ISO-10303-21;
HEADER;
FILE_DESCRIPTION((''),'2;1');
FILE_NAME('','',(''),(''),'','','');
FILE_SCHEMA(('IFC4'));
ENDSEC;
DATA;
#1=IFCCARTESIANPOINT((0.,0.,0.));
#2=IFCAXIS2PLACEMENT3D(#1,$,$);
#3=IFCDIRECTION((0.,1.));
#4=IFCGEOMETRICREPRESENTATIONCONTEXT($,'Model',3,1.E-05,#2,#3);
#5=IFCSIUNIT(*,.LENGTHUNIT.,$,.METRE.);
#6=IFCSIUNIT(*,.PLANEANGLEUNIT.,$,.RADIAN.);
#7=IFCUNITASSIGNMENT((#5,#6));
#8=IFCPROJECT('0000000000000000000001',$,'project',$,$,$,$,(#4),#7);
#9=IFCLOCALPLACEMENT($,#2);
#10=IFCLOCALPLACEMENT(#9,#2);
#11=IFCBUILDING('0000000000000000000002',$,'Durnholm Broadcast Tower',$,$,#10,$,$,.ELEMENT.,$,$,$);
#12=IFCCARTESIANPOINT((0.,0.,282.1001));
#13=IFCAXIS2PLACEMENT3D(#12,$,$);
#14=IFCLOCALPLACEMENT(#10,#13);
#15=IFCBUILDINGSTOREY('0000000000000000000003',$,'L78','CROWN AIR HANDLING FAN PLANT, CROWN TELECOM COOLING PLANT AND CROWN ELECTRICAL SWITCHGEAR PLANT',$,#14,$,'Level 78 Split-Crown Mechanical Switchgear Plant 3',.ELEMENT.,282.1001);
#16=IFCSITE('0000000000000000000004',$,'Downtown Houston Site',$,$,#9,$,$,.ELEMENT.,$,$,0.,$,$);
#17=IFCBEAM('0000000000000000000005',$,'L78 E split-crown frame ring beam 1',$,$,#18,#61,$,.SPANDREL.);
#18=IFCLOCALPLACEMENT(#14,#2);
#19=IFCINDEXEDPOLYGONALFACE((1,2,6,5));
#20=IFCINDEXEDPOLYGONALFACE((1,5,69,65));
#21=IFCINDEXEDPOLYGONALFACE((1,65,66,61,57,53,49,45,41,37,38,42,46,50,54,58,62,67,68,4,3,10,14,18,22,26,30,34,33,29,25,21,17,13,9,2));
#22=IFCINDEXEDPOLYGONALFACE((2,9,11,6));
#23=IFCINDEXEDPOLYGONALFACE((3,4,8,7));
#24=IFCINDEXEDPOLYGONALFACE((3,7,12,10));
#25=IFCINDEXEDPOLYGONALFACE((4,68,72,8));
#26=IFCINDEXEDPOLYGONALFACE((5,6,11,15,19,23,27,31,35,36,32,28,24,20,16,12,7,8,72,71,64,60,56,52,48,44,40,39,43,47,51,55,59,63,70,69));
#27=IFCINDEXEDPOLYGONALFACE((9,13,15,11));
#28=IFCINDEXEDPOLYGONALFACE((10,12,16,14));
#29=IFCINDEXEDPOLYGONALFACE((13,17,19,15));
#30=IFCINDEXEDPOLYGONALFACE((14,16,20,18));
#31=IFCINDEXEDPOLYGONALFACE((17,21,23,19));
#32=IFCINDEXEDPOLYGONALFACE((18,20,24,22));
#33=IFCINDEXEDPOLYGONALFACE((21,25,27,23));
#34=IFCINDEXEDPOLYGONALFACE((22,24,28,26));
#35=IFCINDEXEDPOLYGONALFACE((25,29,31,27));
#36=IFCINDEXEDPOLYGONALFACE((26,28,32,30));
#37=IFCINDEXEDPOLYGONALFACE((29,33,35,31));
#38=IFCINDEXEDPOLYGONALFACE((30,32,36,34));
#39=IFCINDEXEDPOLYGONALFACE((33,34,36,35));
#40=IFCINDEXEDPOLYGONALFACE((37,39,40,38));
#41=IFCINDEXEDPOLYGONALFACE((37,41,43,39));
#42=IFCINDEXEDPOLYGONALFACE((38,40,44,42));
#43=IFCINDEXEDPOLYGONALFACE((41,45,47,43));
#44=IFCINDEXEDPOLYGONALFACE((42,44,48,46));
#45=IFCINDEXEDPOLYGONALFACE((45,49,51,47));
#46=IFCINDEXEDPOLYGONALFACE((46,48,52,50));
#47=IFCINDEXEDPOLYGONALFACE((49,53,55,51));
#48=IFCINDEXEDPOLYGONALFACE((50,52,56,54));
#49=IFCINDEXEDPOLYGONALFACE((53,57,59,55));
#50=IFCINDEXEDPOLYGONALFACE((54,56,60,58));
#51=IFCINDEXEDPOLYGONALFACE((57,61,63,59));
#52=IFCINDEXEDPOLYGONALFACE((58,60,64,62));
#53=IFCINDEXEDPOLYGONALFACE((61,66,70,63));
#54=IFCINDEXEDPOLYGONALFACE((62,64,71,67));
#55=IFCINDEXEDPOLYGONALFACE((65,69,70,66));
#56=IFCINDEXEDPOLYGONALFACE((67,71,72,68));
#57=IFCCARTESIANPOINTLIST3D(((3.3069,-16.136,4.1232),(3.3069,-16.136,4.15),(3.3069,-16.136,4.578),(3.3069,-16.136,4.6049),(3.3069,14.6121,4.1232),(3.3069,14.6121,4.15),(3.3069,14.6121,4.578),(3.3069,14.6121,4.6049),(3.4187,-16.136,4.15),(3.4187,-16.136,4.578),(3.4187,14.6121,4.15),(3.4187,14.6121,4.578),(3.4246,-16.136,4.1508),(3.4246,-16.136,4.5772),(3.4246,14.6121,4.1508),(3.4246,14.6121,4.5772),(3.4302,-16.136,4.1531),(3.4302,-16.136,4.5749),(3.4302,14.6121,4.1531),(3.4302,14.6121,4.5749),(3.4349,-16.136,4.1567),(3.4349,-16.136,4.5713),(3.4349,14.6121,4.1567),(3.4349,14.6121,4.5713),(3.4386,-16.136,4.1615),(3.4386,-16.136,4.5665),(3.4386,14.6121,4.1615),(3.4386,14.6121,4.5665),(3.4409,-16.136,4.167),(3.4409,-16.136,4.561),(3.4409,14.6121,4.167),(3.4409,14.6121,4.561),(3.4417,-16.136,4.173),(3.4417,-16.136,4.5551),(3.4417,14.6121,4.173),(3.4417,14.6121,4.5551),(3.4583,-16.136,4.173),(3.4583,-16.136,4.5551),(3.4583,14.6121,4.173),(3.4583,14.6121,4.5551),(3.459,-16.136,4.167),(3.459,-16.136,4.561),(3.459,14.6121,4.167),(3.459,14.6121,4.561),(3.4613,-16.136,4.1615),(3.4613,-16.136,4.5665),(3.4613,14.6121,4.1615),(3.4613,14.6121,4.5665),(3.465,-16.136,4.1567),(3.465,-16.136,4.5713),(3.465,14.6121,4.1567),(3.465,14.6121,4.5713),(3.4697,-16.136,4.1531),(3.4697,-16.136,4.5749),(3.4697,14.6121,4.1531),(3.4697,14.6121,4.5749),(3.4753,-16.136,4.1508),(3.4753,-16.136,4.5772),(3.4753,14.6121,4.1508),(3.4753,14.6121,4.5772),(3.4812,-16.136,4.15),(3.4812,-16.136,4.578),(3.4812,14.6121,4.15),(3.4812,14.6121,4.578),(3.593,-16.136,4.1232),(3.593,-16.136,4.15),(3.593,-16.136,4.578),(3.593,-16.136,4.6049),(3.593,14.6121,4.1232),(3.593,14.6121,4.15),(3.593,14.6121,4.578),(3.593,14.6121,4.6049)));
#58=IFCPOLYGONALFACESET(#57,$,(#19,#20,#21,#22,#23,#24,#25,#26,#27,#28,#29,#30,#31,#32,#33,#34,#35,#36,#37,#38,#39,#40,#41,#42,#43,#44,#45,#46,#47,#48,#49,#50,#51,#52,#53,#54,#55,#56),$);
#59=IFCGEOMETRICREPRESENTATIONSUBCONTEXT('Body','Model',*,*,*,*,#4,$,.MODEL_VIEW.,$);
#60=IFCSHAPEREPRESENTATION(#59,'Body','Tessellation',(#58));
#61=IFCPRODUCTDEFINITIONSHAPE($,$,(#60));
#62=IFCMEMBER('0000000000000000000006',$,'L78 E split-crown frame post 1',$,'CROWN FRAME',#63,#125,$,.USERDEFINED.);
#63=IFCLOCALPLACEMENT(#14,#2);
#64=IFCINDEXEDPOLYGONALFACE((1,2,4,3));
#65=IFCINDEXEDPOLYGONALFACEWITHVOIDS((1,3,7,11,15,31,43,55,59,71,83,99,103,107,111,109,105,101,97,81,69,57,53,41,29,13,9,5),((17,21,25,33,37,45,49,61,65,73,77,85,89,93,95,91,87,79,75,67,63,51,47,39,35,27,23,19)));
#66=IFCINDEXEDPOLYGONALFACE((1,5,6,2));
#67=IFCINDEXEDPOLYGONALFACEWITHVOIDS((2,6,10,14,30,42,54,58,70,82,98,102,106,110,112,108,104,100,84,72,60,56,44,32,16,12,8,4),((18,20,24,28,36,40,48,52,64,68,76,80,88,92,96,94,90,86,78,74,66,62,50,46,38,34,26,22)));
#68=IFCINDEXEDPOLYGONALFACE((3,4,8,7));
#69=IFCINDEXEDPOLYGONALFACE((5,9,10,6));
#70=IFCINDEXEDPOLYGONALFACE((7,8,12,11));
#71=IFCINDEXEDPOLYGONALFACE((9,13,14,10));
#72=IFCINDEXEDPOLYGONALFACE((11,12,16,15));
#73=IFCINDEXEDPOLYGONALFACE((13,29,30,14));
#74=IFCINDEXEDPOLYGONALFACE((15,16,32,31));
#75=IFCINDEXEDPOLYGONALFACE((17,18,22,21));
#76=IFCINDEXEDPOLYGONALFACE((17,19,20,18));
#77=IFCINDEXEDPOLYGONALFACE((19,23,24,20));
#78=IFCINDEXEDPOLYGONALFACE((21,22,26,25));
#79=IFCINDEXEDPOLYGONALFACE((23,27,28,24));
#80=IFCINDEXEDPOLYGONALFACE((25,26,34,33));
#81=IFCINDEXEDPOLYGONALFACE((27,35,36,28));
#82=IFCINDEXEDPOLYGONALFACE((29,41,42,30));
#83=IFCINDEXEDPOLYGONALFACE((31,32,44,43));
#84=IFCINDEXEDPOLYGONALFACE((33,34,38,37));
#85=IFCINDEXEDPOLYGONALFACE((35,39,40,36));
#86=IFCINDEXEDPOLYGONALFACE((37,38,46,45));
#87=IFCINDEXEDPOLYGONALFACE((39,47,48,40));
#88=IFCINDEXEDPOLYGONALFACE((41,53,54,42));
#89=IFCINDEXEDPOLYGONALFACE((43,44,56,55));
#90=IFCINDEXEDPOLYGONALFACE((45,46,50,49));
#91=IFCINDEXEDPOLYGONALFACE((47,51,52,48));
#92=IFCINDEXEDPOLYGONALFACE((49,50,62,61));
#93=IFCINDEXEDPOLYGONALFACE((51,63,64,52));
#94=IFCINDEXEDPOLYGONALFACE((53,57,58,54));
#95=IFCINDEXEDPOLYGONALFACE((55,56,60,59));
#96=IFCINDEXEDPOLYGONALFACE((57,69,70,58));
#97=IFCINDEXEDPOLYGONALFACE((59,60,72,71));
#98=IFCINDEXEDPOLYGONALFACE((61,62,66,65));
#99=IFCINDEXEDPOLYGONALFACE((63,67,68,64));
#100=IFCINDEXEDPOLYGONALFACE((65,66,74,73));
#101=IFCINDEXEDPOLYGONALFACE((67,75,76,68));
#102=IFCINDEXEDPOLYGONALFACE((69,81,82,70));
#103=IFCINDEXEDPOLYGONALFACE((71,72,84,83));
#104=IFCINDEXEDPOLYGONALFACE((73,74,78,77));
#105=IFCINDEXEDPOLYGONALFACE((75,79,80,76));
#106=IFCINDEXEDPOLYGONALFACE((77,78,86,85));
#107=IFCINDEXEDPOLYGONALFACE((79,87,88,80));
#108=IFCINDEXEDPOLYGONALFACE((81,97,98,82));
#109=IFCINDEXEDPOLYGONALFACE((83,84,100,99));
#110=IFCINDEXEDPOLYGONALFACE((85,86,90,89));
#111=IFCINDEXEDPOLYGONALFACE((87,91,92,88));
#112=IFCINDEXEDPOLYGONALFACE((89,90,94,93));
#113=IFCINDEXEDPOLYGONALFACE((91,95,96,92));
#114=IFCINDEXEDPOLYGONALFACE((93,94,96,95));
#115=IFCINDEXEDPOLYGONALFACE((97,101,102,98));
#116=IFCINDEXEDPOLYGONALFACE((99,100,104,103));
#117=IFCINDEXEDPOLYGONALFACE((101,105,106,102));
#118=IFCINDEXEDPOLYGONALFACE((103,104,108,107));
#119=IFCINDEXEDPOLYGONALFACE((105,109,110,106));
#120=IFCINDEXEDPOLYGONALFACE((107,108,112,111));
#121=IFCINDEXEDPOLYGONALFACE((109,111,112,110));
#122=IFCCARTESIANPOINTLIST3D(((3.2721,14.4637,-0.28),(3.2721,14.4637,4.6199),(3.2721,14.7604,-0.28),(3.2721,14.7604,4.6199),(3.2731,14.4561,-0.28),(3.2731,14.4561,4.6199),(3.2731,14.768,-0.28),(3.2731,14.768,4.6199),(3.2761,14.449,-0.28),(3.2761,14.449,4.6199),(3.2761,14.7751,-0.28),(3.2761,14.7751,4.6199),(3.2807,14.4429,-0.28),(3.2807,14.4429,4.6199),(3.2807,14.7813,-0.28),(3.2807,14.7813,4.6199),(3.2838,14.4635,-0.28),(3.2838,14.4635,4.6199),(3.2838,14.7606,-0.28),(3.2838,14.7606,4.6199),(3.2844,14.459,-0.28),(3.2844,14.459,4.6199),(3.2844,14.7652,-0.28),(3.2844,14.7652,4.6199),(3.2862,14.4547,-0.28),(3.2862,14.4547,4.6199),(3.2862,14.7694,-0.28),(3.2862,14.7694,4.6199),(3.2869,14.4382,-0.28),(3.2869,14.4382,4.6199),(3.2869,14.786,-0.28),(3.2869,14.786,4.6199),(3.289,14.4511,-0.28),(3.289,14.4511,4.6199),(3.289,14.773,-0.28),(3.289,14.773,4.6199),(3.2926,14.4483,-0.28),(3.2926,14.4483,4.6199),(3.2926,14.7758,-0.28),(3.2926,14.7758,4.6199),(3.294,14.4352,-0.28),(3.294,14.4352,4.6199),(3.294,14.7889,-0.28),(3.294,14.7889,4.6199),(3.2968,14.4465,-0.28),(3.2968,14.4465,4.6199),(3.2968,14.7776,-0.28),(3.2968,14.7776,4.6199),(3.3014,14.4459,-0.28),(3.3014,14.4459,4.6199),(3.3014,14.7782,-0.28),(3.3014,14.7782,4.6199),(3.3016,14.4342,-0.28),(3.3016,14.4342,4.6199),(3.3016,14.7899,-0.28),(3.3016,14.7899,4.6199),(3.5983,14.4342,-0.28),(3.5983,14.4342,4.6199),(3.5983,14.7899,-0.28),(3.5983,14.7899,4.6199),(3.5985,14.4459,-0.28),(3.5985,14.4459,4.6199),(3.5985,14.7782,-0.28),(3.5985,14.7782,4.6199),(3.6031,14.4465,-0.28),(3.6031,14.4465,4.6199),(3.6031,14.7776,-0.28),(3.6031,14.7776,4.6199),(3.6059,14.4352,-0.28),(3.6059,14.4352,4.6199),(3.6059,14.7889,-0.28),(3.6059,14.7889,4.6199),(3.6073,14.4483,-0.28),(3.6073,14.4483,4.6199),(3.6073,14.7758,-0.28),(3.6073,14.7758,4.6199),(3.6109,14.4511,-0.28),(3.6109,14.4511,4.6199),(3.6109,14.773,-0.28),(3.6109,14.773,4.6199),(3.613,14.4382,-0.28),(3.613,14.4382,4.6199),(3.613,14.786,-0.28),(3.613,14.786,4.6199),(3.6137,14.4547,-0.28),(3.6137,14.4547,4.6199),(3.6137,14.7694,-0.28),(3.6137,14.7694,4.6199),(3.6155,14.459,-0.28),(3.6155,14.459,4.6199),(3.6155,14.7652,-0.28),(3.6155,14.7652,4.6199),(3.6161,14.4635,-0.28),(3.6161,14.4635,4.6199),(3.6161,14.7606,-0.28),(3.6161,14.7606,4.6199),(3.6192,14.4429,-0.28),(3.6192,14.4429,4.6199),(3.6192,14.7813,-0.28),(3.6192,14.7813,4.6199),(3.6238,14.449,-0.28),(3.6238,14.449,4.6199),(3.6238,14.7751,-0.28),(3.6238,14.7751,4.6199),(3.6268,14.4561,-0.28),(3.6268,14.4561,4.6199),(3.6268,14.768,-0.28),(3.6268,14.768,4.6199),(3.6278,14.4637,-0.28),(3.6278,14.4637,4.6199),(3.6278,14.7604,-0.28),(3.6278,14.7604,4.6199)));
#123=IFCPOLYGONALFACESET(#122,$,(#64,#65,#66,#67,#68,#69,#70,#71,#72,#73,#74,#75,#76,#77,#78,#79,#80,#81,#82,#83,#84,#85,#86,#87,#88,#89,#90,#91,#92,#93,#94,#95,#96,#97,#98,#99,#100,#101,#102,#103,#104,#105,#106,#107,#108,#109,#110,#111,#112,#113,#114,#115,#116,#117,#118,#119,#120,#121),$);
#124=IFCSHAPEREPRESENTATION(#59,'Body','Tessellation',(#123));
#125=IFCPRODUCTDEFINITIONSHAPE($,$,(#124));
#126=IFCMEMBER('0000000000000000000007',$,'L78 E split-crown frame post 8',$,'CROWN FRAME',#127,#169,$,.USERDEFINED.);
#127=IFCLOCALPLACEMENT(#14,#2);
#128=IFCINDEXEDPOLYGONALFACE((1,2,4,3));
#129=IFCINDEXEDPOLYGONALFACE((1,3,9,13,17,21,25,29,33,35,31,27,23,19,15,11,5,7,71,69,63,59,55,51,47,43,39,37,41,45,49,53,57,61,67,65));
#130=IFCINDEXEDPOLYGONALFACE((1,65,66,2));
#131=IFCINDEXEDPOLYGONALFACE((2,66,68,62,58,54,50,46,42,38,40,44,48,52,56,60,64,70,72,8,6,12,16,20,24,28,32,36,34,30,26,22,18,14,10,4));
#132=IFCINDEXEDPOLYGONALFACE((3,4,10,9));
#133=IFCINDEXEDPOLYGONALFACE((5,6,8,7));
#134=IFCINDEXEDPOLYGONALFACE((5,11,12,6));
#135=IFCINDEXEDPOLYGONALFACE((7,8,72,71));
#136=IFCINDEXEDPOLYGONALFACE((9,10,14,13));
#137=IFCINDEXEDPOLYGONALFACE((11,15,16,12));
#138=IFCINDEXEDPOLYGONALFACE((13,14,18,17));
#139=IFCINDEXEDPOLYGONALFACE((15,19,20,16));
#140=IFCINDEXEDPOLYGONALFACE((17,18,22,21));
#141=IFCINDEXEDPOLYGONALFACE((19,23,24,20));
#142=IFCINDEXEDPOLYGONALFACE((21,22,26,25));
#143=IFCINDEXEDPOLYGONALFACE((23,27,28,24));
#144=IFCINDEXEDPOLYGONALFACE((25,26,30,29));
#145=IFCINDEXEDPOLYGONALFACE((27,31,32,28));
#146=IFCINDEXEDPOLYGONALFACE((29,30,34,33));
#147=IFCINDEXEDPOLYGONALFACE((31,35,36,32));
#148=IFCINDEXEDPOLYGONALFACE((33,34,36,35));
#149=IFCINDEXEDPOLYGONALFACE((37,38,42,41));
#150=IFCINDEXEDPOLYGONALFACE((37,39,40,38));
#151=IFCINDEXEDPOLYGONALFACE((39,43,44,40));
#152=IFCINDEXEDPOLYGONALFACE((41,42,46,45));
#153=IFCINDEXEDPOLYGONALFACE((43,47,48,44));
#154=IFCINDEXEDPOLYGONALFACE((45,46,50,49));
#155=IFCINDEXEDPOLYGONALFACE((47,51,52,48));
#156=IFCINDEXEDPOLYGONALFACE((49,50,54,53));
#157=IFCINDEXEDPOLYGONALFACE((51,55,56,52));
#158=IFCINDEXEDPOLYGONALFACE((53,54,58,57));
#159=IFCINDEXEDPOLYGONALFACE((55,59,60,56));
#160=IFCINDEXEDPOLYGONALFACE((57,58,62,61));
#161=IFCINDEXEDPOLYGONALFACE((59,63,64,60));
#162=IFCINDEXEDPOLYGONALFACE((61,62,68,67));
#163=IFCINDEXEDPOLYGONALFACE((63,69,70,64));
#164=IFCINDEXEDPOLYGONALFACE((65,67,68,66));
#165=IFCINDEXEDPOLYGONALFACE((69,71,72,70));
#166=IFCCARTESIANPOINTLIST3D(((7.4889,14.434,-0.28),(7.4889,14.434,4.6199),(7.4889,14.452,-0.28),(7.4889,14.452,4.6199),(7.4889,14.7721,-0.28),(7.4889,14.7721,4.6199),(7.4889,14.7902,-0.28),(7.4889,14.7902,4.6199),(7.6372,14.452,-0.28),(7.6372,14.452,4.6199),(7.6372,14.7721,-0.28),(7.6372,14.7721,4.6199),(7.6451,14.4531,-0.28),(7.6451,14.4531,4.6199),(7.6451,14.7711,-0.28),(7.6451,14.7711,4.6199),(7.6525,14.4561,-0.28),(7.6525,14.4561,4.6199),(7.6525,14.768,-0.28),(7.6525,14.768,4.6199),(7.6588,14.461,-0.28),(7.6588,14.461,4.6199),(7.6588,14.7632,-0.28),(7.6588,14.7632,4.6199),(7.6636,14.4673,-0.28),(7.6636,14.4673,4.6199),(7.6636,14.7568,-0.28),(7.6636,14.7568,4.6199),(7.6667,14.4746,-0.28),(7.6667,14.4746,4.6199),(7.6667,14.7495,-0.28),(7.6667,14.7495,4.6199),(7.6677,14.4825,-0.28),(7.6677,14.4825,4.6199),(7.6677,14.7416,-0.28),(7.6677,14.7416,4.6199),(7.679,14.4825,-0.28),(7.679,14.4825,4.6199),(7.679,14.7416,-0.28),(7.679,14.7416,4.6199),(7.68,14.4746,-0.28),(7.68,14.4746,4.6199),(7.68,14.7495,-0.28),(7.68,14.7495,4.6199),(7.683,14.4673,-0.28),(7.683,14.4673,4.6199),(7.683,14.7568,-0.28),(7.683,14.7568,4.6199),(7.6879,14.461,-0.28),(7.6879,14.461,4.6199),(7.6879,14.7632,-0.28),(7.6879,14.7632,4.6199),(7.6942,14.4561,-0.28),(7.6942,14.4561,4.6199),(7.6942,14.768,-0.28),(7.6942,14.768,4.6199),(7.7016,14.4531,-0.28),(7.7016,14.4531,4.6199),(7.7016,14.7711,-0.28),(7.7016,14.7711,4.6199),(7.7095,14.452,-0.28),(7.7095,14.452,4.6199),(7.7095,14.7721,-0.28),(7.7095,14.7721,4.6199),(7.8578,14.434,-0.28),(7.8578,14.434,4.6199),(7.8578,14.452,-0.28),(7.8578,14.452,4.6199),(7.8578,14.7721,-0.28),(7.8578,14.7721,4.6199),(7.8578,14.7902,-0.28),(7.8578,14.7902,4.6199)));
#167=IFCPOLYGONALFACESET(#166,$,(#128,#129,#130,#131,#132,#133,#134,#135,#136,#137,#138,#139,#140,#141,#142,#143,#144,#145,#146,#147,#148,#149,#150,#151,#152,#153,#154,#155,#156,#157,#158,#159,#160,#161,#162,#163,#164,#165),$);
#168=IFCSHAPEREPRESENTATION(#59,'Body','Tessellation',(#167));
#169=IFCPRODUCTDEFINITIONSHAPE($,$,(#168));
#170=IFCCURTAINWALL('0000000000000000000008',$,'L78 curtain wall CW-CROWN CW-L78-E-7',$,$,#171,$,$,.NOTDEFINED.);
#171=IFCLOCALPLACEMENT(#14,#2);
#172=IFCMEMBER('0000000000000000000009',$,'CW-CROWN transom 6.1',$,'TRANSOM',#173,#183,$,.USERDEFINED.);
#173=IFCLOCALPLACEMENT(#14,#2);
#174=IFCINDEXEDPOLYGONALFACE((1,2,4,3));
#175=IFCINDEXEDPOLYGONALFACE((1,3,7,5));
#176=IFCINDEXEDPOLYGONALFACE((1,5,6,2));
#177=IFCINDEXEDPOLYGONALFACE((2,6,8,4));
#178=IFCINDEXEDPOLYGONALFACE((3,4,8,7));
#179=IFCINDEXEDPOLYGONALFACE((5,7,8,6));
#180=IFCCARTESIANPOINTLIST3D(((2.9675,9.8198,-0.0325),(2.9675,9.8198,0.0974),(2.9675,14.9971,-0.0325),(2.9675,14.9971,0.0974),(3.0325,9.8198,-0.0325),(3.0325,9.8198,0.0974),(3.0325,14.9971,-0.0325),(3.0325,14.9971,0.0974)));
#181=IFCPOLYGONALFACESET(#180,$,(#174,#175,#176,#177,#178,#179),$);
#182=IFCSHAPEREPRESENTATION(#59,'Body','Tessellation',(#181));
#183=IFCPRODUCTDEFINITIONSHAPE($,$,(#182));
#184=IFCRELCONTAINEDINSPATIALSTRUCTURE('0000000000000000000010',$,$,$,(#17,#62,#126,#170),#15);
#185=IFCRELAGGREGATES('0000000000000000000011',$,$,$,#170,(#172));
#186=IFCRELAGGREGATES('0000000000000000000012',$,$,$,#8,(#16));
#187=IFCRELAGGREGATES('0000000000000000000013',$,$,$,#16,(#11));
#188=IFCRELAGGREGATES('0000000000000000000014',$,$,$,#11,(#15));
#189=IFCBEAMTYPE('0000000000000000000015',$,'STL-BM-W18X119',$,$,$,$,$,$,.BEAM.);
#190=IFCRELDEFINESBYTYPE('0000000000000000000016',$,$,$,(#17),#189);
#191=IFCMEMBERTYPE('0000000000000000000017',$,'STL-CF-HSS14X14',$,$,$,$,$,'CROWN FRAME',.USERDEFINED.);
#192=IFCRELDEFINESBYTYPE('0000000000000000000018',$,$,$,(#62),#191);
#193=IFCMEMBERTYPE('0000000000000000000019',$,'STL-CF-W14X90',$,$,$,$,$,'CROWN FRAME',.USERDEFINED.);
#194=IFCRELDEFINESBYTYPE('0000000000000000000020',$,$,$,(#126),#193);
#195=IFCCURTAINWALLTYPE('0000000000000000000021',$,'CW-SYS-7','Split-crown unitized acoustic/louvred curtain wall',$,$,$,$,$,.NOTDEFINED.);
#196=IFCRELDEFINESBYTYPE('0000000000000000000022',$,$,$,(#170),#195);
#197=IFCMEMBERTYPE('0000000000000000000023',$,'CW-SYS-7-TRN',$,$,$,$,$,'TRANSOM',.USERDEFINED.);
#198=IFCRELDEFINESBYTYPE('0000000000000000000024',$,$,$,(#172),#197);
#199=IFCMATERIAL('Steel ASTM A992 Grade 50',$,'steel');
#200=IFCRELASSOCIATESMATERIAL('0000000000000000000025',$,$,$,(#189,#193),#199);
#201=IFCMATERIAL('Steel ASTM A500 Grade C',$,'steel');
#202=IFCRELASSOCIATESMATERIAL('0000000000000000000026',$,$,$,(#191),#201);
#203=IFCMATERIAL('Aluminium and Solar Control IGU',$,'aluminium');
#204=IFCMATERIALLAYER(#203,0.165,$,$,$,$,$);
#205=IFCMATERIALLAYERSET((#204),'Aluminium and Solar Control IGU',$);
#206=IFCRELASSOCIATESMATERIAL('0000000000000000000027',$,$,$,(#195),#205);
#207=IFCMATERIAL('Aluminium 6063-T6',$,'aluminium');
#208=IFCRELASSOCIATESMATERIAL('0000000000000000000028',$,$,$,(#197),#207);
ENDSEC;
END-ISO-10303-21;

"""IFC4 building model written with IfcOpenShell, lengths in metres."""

from ifc_helpers import new_model, si_unit, direction, frame, origin, origin_2d, place, context, subcontext, project, spatial, rectangle, hollow_rectangle, i_section, extrude, source, transform, mapped, material, layer, layer_set, material_profile, profile_set, type_object, type_shapes, element, aggregate, save


model = new_model("IFC4")

# Units and contexts
model_context = context("Model", 3, precision=1e-05, world=origin(), true_north=direction((0.0, 1.0)))
body_context = subcontext(model_context, "Body", "Model", "MODEL_VIEW")
ifc_project = project(units=[si_unit("LENGTHUNIT", "METRE"), si_unit("PLANEANGLEUNIT", "RADIAN")], contexts=[model_context])

# Site, building, storey
site_placement = place(None, origin())
site = spatial("IfcSite", under=ifc_project, at=site_placement, Name="Downtown Houston Site", CompositionType="ELEMENT", RefElevation=0.0)
building_placement = place(site_placement, origin())
building = spatial("IfcBuilding", under=site, at=building_placement, Name="Durnholm Broadcast Tower", CompositionType="ELEMENT")
storey_placement = place(building_placement, frame((0.0, 0.0, 282.1001)))
storey = spatial("IfcBuildingStorey", under=building, at=storey_placement, Name="L78", Description="CROWN AIR HANDLING FAN PLANT, CROWN TELECOM COOLING PLANT AND CROWN ELECTRICAL SWITCHGEAR PLANT", LongName="Level 78 Split-Crown Mechanical Switchgear Plant 3", CompositionType="ELEMENT", Elevation=282.1001)

# Shared definitions
ifc_material_1 = material(Name="Steel ASTM A500 Grade C", Category="steel")

# Beam
ifc_material_2 = material(Name="Steel ASTM A992 Grade 50", Category="steel")
ifc_material_profile_1 = material_profile(ifc_material_2, i_section(OverallWidth=0.2861, OverallDepth=0.4817, WebThickness=0.0166, FlangeThickness=0.0269, FilletRadius=0.0229, at=origin_2d()), Name="W18X119")
ifc_profile_set_1 = profile_set([ifc_material_profile_1], Name="Steel ASTM A992 Grade 50")
beam_type_1 = type_object("IfcBeamType", Name="STL-BM-W18X119", PredefinedType="BEAM", material=ifc_profile_set_1)
shared_shape_1 = source(origin(), body_context, "Body", "SweptSolid", [
    extrude(i_section(OverallWidth=0.2861, OverallDepth=0.4817, WebThickness=0.0166, FlangeThickness=0.0269, FilletRadius=0.0229, at=origin_2d()), origin(), (0.0, 0.0, 1.0), 30.748),
])
type_shapes(beam_type_1, [shared_shape_1])
beam_1_placement = place(storey_placement, frame((3.45, 14.6121, 4.364), z_axis=(0.0, -1.0, 0.0), x_axis=(1.0, 0.0, 0.0)))
element("IfcBeam", 1, at=beam_1_placement, inside=storey, type_object=beam_type_1, Name="L78 E split-crown frame ring beam 1", PredefinedType="SPANDREL", context=body_context, shape_type="MappedRepresentation", body=[
    mapped(shared_shape_1, transform((0.0, 0.0, 0.0), x_axis=(1.0, 0.0, 0.0), y_axis=(0.0, 1.0, 0.0), z_axis=(0.0, 0.0, 1.0), scale=1.0)),
])

# Members
ifc_material_profile_2 = material_profile(ifc_material_1, hollow_rectangle(XDim=0.3557, YDim=0.3557, WallThickness=0.0117, InnerFilletRadius=0.0176, OuterFilletRadius=0.0295, at=origin_2d()), Name="HSS14X14X1/2")
ifc_profile_set_2 = profile_set([ifc_material_profile_2], Name="Steel ASTM A500 Grade C")
member_type_1 = type_object("IfcMemberType", Name="STL-CF-HSS14X14", ElementType="CROWN FRAME", PredefinedType="USERDEFINED", material=ifc_profile_set_2)
shared_shape_2 = source(origin(), body_context, "Body", "SweptSolid", [
    extrude(hollow_rectangle(XDim=0.3557, YDim=0.3557, WallThickness=0.0117, InnerFilletRadius=0.0176, OuterFilletRadius=0.0295, at=origin_2d()), origin(), (0.0, 0.0, 1.0), 4.8999),
])
type_shapes(member_type_1, [shared_shape_2])
member_1_placement = place(storey_placement, frame((3.45, 14.6121, -0.28), z_axis=(0.0, 0.0, 1.0), x_axis=(1.0, 0.0, 0.0)))
element("IfcMember", 2, at=member_1_placement, inside=storey, type_object=member_type_1, Name="L78 E split-crown frame post 1", ObjectType="CROWN FRAME", PredefinedType="USERDEFINED", context=body_context, shape_type="MappedRepresentation", body=[
    mapped(shared_shape_2, transform((0.0, 0.0, 0.0), x_axis=(1.0, 0.0, 0.0), y_axis=(0.0, 1.0, 0.0), z_axis=(0.0, 0.0, 1.0), scale=1.0)),
])
ifc_material_profile_3 = material_profile(ifc_material_2, i_section(OverallWidth=0.3689, OverallDepth=0.3562, WebThickness=0.0112, FlangeThickness=0.0181, FilletRadius=0.0305, at=origin_2d()), Name="W14X90")
ifc_profile_set_3 = profile_set([ifc_material_profile_3], Name="Steel ASTM A992 Grade 50")
member_type_2 = type_object("IfcMemberType", Name="STL-CF-W14X90", ElementType="CROWN FRAME", PredefinedType="USERDEFINED", material=ifc_profile_set_3)
shared_shape_3 = source(origin(), body_context, "Body", "SweptSolid", [
    extrude(i_section(OverallWidth=0.3689, OverallDepth=0.3562, WebThickness=0.0112, FlangeThickness=0.0181, FilletRadius=0.0305, at=origin_2d()), origin(), (0.0, 0.0, 1.0), 4.8999),
])
type_shapes(member_type_2, [shared_shape_3])
member_2_placement = place(storey_placement, frame((7.6733, 14.6121, -0.28), z_axis=(0.0, 0.0, 1.0), x_axis=(1.0, 0.0, 0.0)))
element("IfcMember", 3, at=member_2_placement, inside=storey, type_object=member_type_2, Name="L78 E split-crown frame post 8", ObjectType="CROWN FRAME", PredefinedType="USERDEFINED", context=body_context, shape_type="MappedRepresentation", body=[
    mapped(shared_shape_3, transform((0.0, 0.0, 0.0), x_axis=(1.0, 0.0, 0.0), y_axis=(0.0, 1.0, 0.0), z_axis=(0.0, 0.0, 1.0), scale=1.0)),
])

# Curtain wall, member
ifc_material_3 = material(Name="Aluminium and Solar Control IGU", Category="aluminium")
ifc_layer_1 = layer(ifc_material_3, 0.165)
ifc_layer_set_1 = layer_set([ifc_layer_1], Name="Aluminium and Solar Control IGU")
curtain_wall_type = type_object("IfcCurtainWallType", Name="CW-SYS-7", Description="Split-crown unitized acoustic/louvred curtain wall", PredefinedType="NOTDEFINED", material=ifc_layer_set_1)
curtain_wall_placement = place(storey_placement, origin())
curtain_wall = element("IfcCurtainWall", 4, at=curtain_wall_placement, inside=storey, type_object=curtain_wall_type, Name="L78 curtain wall CW-CROWN CW-L78-E-7", PredefinedType="NOTDEFINED")
ifc_material_4 = material(Name="Aluminium 6063-T6", Category="aluminium")
ifc_material_profile_4 = material_profile(ifc_material_4, rectangle(XDim=0.0649, YDim=0.1299, at=origin_2d()), Name="CWT65X130")
ifc_profile_set_4 = profile_set([ifc_material_profile_4], Name="Aluminium 6063-T6")
member_type_3 = type_object("IfcMemberType", Name="CW-SYS-7-TRN", ElementType="TRANSOM", PredefinedType="USERDEFINED", material=ifc_profile_set_4)
shared_shape_4 = source(origin(), body_context, "Body", "SweptSolid", [
    extrude(rectangle(XDim=0.0649, YDim=0.1299, at=origin_2d()), origin(), (0.0, 0.0, 1.0), 5.1772),
])
member_3_placement = place(storey_placement, frame((3.0, 9.8198, 0.0325), z_axis=(0.0, 1.0, 0.0), x_axis=(-1.0, 0.0, 0.0)))
member_3 = element("IfcMember", 5, at=member_3_placement, type_object=member_type_3, Name="CW-CROWN transom 6.1", ObjectType="TRANSOM", PredefinedType="USERDEFINED", context=body_context, shape_type="MappedRepresentation", body=[
    mapped(shared_shape_4, transform((0.0, 0.0, 0.0), x_axis=(1.0, 0.0, 0.0), y_axis=(0.0, 1.0, 0.0), z_axis=(0.0, 0.0, 1.0), scale=1.0)),
])

aggregate(curtain_wall, [member_3])

save(model, "model.ifc")
